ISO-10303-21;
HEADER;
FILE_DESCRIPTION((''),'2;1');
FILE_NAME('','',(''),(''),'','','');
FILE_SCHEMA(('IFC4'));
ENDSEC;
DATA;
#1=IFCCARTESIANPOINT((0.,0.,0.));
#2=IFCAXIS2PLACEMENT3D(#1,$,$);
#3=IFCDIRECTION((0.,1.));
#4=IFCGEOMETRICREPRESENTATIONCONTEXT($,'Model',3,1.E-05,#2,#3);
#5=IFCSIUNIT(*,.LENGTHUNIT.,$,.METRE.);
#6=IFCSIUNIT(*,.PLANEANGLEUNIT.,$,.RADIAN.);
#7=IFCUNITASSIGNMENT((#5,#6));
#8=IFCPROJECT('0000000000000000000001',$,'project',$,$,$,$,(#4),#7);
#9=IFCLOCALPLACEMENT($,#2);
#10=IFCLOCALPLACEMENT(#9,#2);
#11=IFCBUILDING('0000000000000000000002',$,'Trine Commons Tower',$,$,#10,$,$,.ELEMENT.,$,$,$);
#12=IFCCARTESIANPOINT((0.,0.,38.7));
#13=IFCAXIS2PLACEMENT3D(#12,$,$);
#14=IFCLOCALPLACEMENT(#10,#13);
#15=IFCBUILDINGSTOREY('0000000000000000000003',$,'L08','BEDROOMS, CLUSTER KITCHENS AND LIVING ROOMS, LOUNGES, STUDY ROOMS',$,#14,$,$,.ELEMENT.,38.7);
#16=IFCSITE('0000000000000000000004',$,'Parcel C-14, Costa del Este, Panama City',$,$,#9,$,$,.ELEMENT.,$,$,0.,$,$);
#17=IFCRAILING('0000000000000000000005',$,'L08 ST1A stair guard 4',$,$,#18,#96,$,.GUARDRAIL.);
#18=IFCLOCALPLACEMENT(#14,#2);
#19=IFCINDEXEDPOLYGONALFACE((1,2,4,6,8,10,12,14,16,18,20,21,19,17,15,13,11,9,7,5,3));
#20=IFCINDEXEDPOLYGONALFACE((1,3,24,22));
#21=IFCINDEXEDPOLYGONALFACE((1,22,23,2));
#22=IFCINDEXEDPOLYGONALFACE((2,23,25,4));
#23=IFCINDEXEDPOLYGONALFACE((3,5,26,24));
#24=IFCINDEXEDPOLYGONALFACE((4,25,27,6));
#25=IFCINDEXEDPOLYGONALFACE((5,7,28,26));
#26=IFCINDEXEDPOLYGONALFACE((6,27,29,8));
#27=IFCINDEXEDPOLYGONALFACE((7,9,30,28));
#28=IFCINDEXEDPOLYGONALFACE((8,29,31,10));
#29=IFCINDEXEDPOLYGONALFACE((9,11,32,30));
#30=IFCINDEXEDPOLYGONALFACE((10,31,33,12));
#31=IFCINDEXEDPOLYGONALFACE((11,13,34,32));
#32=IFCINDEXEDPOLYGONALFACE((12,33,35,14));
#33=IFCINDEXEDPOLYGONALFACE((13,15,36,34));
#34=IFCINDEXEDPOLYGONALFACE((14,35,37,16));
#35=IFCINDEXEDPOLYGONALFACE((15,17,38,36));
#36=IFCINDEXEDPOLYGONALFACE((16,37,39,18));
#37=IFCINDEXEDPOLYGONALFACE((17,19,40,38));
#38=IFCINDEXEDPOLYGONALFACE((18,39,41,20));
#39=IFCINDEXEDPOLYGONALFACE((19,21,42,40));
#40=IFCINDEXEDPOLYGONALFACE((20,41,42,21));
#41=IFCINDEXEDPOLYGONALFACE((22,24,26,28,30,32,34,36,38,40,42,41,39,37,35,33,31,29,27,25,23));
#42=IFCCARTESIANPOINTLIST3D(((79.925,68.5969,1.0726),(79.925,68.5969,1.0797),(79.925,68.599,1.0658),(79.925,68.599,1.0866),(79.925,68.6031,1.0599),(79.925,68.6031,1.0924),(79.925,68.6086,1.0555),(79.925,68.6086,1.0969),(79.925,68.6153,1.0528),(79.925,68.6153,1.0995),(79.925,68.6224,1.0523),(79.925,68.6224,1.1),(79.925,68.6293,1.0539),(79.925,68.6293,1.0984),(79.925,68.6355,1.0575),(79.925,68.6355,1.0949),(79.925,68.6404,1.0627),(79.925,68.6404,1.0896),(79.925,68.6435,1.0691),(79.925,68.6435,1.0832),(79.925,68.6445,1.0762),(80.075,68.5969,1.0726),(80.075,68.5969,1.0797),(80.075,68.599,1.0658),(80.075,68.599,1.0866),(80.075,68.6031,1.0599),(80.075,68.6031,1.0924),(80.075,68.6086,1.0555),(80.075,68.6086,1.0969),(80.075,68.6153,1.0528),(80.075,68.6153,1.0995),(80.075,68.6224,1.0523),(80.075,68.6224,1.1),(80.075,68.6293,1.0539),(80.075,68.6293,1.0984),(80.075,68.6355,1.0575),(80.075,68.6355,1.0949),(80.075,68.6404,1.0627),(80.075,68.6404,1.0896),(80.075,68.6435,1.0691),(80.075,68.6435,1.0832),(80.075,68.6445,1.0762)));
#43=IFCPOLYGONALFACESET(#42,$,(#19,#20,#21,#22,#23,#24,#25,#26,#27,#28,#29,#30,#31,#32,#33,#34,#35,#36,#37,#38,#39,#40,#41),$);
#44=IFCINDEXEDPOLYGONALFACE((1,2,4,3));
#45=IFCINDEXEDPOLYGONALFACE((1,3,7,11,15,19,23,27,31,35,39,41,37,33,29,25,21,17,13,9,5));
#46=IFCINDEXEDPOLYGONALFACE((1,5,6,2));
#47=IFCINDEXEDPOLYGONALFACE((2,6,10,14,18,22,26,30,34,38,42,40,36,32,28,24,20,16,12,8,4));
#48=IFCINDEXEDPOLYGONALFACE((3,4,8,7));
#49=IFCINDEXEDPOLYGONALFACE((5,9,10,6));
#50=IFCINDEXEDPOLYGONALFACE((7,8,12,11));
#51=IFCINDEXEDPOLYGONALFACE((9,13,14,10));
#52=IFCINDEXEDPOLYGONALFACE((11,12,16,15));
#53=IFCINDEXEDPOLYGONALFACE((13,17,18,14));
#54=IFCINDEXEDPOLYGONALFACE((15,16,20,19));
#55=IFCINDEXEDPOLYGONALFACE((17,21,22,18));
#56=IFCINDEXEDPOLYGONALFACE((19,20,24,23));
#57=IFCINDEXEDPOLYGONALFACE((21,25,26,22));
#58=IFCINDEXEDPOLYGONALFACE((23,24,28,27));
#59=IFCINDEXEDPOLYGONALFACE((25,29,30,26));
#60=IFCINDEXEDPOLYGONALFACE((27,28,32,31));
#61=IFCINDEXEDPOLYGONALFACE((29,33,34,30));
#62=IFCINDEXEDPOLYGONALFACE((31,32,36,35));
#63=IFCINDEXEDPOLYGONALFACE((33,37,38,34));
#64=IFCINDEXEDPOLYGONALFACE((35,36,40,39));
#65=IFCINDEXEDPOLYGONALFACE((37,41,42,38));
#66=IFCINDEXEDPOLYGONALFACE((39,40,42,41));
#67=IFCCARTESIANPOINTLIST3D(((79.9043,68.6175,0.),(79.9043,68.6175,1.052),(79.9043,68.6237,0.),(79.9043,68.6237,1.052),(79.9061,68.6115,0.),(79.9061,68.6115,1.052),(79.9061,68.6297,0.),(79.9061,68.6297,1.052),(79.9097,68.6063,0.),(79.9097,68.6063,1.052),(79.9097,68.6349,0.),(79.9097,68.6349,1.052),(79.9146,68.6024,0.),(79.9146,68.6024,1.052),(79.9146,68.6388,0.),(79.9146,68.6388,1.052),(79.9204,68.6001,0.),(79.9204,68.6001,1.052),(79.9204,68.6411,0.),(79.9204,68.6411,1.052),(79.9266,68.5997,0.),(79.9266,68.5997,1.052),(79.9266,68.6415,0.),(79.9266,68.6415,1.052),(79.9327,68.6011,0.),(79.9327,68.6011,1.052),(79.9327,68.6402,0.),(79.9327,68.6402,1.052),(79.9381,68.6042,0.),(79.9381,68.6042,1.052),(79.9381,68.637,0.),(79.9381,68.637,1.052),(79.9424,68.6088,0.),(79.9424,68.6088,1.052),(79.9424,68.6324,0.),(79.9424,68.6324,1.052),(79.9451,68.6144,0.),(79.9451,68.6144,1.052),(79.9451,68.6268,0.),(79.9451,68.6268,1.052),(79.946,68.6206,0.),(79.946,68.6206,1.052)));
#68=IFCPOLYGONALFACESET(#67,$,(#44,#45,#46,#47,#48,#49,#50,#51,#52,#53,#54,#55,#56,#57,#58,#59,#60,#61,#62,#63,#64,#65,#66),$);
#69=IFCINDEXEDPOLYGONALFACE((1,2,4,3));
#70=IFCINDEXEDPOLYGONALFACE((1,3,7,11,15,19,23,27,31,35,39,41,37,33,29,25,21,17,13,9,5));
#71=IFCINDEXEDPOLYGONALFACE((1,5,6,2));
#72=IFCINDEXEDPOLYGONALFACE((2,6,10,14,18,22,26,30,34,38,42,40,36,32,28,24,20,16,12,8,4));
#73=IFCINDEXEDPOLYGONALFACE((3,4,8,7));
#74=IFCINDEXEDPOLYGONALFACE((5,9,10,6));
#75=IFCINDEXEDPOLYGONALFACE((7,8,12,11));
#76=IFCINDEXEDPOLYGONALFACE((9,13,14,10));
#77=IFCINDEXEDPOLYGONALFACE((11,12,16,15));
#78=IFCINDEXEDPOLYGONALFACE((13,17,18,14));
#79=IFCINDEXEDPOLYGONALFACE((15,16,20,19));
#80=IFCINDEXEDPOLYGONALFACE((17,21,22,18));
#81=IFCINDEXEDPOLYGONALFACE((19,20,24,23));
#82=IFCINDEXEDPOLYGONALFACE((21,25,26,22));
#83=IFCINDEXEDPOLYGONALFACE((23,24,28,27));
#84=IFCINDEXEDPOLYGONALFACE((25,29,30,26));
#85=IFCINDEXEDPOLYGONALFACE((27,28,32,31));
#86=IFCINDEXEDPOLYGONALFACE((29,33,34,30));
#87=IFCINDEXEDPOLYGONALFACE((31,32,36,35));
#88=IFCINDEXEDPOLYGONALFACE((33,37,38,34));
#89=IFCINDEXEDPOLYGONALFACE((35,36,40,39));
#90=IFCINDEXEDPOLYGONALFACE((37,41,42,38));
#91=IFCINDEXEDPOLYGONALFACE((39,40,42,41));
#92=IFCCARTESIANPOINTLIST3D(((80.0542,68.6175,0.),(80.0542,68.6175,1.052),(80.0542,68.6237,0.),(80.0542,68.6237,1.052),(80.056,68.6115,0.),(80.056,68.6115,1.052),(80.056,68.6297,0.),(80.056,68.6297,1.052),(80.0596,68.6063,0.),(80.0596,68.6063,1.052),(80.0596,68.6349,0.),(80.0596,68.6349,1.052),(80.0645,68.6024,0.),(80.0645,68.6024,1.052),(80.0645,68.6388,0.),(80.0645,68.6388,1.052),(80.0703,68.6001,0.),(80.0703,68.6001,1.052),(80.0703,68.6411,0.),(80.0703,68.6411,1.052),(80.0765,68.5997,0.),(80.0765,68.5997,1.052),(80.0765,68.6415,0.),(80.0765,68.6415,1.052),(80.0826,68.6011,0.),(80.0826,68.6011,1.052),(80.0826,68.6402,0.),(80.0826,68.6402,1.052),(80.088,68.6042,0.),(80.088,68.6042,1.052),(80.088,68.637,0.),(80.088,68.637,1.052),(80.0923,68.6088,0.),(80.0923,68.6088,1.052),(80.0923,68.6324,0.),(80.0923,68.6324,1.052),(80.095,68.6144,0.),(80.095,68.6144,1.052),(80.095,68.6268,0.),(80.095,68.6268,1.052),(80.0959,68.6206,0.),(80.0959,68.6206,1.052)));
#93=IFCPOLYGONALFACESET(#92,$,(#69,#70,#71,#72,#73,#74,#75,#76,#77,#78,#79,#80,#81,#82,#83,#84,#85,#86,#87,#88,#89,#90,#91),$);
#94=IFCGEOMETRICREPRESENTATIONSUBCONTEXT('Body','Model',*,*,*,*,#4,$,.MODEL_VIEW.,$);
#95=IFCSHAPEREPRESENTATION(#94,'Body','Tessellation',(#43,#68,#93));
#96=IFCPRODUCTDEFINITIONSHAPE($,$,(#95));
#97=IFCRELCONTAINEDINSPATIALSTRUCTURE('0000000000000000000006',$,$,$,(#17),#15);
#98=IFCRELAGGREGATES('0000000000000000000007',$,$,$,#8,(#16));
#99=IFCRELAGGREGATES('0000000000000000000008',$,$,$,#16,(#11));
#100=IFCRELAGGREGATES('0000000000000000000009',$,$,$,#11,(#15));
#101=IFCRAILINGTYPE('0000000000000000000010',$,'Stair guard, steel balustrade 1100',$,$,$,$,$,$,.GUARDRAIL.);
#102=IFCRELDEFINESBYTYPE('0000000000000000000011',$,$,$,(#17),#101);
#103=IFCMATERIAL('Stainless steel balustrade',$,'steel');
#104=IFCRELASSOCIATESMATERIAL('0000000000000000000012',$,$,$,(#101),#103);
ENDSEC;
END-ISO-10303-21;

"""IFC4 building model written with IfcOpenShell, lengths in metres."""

from ifc_helpers import new_model, si_unit, direction, frame, origin, origin_2d, place, context, subcontext, project, spatial, circle, extrude, material, type_object, element, save


model = new_model("IFC4")

# Units and contexts
model_context = context("Model", 3, precision=1e-05, world=origin(), true_north=direction((0.0, 1.0)))
body_context = subcontext(model_context, "Body", "Model", "MODEL_VIEW")
ifc_project = project(units=[si_unit("LENGTHUNIT", "METRE"), si_unit("PLANEANGLEUNIT", "RADIAN")], contexts=[model_context])

# Site, building, storey
site_placement = place(None, origin())
site = spatial("IfcSite", under=ifc_project, at=site_placement, Name="Parcel C-14, Costa del Este, Panama City", CompositionType="ELEMENT", RefElevation=0.0)
building_placement = place(site_placement, origin())
building = spatial("IfcBuilding", under=site, at=building_placement, Name="Trine Commons Tower", CompositionType="ELEMENT")
storey_placement = place(building_placement, frame((0.0, 0.0, 38.7)))
storey = spatial("IfcBuildingStorey", under=building, at=storey_placement, Name="L08", Description="BEDROOMS, CLUSTER KITCHENS AND LIVING ROOMS, LOUNGES, STUDY ROOMS", CompositionType="ELEMENT", Elevation=38.7)

# Railing
ifc_material_1 = material(Name="Stainless steel balustrade", Category="steel")
railing_type = type_object("IfcRailingType", Name="Stair guard, steel balustrade 1100", PredefinedType="GUARDRAIL", material=ifc_material_1)
railing_1_placement = place(storey_placement, frame((79.925, 68.6206, 0.0)))
element("IfcRailing", 1, at=railing_1_placement, inside=storey, type_object=railing_type, Name="L08 ST1A stair guard 4", PredefinedType="GUARDRAIL", context=body_context, shape_type="SweptSolid", body=[
    extrude(circle(Radius=0.0239, at=origin_2d()), frame((0.0, 0.0, 1.0762), z_axis=(1.0, 0.0, 0.0), x_axis=(0.0, 1.0, 0.0)), (0.0, 0.0, 1.0), 0.1499),
    extrude(circle(Radius=0.021, at=origin_2d()), origin(), (0.0, 0.0, 1.0), 1.052),
    extrude(circle(Radius=0.021, at=origin_2d()), frame((0.1499, 0.0, 0.0)), (0.0, 0.0, 1.0), 1.052),
])

save(model, "model.ifc")
